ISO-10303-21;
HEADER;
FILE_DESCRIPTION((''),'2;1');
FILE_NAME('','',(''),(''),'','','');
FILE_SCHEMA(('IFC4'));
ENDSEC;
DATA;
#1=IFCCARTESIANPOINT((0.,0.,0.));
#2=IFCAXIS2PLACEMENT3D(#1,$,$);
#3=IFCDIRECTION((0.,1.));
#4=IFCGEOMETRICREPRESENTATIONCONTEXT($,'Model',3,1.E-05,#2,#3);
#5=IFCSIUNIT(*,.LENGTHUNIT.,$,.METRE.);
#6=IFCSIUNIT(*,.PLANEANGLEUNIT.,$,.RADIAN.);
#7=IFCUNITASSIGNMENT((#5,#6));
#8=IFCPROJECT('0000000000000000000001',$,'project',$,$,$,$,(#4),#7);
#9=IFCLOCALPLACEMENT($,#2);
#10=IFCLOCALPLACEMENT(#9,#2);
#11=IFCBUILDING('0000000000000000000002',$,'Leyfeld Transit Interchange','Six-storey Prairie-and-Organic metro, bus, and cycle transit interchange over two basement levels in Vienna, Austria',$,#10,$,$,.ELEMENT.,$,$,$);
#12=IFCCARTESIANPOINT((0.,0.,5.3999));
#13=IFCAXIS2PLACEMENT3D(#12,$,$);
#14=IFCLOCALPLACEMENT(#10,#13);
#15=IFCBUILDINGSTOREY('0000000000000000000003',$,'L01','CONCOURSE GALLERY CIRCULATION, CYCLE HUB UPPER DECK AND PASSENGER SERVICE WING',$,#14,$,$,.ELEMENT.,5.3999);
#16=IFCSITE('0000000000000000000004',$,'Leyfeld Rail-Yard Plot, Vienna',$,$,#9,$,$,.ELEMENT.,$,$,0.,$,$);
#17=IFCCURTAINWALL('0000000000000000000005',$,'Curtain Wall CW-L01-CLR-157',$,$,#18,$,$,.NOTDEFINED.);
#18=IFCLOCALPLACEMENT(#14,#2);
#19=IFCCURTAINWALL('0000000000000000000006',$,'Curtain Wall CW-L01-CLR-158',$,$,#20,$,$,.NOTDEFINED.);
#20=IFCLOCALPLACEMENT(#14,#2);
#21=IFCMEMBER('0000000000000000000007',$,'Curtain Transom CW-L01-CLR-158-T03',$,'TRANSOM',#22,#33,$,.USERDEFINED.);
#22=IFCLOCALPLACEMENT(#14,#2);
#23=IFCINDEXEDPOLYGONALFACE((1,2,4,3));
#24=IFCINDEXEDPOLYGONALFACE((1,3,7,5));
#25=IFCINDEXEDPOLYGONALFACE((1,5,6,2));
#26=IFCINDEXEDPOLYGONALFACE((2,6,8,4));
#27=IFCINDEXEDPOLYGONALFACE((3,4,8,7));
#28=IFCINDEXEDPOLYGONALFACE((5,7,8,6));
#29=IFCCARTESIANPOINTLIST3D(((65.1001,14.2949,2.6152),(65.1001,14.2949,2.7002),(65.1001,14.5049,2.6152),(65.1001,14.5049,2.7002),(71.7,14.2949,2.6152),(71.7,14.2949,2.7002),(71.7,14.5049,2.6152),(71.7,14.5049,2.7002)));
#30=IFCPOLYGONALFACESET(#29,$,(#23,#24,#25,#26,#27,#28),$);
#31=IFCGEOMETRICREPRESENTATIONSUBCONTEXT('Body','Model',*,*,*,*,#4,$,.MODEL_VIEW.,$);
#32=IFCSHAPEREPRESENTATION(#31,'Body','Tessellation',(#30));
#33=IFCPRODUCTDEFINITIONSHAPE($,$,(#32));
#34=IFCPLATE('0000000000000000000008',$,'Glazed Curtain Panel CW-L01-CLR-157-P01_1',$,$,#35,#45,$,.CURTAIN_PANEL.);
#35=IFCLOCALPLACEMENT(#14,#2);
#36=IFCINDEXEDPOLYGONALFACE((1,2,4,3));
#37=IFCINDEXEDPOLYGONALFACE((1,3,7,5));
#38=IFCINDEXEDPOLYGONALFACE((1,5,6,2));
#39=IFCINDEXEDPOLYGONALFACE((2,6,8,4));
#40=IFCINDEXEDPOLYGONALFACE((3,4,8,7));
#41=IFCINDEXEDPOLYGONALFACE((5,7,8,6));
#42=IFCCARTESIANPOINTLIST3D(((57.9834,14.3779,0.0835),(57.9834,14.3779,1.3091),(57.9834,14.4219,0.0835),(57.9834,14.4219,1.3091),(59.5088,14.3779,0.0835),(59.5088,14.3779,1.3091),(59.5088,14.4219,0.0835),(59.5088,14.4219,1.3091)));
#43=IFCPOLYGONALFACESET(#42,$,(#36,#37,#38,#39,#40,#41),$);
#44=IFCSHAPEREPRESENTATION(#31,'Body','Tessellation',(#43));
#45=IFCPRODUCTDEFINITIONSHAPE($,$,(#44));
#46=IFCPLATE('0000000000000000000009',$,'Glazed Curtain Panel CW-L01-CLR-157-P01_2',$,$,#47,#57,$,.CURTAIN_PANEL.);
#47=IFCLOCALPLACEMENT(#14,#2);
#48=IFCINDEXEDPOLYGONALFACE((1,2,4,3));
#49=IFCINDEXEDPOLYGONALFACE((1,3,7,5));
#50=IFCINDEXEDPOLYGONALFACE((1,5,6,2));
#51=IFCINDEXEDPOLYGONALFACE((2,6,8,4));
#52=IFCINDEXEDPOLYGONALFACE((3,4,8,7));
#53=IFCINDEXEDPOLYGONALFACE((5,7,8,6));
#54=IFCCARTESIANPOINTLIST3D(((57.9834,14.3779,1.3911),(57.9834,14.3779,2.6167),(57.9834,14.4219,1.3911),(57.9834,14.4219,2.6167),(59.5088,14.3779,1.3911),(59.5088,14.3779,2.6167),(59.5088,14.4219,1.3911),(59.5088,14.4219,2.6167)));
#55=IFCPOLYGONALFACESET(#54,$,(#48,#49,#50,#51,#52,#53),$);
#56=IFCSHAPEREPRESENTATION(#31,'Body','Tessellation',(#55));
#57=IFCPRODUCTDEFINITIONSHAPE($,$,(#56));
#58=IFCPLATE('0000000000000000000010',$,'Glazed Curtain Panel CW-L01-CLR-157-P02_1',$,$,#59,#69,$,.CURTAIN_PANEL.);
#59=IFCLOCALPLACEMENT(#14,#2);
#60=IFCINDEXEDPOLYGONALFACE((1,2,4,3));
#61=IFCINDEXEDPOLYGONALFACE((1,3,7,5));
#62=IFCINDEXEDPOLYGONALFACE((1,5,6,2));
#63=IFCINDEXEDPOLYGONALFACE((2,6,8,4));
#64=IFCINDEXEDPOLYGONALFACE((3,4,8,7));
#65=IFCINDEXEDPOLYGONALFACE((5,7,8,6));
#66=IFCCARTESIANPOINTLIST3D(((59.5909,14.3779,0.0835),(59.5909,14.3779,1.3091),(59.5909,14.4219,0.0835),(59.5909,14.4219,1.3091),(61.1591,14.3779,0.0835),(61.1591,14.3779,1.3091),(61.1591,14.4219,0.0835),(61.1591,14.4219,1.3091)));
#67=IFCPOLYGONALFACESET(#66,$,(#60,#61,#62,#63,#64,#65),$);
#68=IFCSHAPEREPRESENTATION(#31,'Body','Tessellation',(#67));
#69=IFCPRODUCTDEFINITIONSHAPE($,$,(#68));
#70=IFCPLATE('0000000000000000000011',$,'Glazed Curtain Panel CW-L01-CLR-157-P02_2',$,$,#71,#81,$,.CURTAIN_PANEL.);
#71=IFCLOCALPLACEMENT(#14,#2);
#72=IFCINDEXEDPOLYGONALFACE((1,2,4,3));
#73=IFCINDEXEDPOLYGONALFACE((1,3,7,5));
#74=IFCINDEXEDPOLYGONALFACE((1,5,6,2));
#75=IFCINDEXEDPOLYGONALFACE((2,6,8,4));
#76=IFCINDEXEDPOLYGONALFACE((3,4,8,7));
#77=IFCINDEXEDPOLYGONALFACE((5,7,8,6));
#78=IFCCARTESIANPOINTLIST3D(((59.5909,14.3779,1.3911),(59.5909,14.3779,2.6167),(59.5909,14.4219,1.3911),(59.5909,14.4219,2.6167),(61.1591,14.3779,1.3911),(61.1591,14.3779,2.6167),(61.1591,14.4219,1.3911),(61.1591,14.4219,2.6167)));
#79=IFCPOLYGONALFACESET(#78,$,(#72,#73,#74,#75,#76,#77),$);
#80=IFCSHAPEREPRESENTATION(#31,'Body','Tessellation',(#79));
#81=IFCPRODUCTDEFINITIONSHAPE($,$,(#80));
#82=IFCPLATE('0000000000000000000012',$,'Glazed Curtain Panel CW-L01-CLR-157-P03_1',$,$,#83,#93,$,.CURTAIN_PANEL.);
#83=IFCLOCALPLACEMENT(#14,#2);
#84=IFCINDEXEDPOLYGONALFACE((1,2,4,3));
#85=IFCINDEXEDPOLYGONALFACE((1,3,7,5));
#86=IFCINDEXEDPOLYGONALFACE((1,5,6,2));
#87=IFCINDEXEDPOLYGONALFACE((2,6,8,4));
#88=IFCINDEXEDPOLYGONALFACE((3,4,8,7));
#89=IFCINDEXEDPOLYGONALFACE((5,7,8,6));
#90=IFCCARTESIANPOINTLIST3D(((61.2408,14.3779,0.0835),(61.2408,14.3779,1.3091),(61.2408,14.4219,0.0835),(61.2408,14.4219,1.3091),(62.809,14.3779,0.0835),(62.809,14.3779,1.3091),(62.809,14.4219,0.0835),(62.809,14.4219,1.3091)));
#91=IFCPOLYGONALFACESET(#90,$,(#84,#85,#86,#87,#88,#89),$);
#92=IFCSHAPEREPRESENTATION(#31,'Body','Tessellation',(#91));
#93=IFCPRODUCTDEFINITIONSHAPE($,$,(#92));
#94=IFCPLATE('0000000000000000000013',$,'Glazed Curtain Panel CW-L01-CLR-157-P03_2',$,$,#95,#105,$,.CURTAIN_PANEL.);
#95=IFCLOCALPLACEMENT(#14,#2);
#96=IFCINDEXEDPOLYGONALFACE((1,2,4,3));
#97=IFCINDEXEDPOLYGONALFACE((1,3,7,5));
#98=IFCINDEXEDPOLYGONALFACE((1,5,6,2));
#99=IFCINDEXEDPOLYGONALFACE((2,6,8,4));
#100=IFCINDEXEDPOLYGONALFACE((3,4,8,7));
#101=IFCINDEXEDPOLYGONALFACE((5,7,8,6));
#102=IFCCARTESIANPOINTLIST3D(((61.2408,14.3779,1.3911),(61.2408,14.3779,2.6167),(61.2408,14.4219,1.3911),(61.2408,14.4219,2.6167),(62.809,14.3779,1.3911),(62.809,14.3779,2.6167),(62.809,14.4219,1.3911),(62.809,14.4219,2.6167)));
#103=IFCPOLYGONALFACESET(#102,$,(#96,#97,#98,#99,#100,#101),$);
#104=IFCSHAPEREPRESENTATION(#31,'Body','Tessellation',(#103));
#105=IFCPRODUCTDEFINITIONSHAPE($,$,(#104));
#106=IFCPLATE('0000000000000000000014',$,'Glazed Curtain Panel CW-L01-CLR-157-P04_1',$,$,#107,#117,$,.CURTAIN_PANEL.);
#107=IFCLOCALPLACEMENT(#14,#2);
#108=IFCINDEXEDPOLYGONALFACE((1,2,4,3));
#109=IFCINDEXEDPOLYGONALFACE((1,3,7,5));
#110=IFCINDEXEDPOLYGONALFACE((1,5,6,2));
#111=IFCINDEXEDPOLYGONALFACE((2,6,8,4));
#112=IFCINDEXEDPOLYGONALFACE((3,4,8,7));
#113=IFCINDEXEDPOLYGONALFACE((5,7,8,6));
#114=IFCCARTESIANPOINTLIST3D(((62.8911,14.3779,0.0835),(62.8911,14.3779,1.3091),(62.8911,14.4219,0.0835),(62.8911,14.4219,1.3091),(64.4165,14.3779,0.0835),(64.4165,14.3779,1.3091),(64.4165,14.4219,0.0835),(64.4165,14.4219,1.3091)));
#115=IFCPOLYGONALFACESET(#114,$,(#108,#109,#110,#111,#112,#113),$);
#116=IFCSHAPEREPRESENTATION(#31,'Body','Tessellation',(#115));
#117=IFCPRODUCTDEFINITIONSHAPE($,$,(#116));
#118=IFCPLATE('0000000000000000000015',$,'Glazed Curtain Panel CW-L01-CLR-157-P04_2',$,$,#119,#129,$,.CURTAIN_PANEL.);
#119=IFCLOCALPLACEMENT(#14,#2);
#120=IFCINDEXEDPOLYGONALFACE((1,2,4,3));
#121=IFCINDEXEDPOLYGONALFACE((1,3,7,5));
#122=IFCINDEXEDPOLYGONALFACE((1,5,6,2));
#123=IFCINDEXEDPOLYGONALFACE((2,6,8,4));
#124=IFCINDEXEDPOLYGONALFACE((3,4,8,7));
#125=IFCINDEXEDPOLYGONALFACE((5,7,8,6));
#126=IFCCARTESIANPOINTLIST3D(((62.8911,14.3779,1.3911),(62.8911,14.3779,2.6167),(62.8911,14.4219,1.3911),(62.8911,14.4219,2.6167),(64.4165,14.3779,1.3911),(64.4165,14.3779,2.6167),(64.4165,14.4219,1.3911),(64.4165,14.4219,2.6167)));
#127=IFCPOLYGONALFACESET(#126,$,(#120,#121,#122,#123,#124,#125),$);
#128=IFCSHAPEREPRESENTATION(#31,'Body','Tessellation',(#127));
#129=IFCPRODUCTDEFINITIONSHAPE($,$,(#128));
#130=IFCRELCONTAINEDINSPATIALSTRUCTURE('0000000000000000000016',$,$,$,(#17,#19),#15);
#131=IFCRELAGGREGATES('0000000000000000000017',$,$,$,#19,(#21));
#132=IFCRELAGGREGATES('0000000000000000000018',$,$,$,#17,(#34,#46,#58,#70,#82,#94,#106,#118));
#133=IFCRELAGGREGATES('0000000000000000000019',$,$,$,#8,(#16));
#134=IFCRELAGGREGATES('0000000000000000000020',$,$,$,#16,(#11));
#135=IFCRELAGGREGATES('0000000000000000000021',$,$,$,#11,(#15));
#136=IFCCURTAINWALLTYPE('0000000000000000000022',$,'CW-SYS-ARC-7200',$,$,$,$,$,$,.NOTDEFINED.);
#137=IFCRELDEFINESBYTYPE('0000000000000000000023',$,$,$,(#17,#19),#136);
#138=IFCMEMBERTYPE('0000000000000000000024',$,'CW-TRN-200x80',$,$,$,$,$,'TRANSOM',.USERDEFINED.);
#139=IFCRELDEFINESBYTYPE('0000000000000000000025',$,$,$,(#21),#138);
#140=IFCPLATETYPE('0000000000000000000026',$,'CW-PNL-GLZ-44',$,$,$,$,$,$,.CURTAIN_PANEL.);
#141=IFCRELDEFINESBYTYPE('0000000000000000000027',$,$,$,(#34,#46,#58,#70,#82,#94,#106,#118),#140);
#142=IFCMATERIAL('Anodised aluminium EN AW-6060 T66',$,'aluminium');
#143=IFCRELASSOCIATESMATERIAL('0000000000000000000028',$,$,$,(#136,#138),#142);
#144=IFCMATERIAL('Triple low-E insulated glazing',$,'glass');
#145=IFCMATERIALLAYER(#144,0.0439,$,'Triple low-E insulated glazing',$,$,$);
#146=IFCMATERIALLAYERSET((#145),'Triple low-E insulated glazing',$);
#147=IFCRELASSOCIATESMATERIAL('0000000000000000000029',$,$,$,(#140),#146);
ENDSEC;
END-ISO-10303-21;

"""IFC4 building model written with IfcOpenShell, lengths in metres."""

from ifc_helpers import new_model, si_unit, direction, frame, origin, origin_2d, place, context, subcontext, project, spatial, rectangle, extrude, material, layer, layer_set, material_profile, profile_set, type_object, element, aggregate, save


model = new_model("IFC4")

# Units and contexts
model_context = context("Model", 3, precision=1e-05, world=origin(), true_north=direction((0.0, 1.0)))
body_context = subcontext(model_context, "Body", "Model", "MODEL_VIEW")
ifc_project = project(units=[si_unit("LENGTHUNIT", "METRE"), si_unit("PLANEANGLEUNIT", "RADIAN")], contexts=[model_context])

# Site, building, storey
site_placement = place(None, origin())
site = spatial("IfcSite", under=ifc_project, at=site_placement, Name="Leyfeld Rail-Yard Plot, Vienna", CompositionType="ELEMENT", RefElevation=0.0)
building_placement = place(site_placement, origin())
building = spatial("IfcBuilding", under=site, at=building_placement, Name="Leyfeld Transit Interchange", Description="Six-storey Prairie-and-Organic metro, bus, and cycle transit interchange over two basement levels in Vienna, Austria", CompositionType="ELEMENT")
storey_placement = place(building_placement, frame((0.0, 0.0, 5.3999)))
storey = spatial("IfcBuildingStorey", under=building, at=storey_placement, Name="L01", Description="CONCOURSE GALLERY CIRCULATION, CYCLE HUB UPPER DECK AND PASSENGER SERVICE WING", CompositionType="ELEMENT", Elevation=5.3999)

# Curtain wall
ifc_material_1 = material(Name="Anodised aluminium EN AW-6060 T66", Category="aluminium")
curtain_wall_type = type_object("IfcCurtainWallType", Name="CW-SYS-ARC-7200", PredefinedType="NOTDEFINED", material=ifc_material_1)
curtain_wall_1_placement = place(storey_placement, origin())
curtain_wall_1 = element("IfcCurtainWall", 1, at=curtain_wall_1_placement, inside=storey, type_object=curtain_wall_type, Name="Curtain Wall CW-L01-CLR-157", PredefinedType="NOTDEFINED")

# Curtain wall
curtain_wall_2_placement = place(storey_placement, origin())
curtain_wall_2 = element("IfcCurtainWall", 2, at=curtain_wall_2_placement, inside=storey, type_object=curtain_wall_type, Name="Curtain Wall CW-L01-CLR-158", PredefinedType="NOTDEFINED")

# Member
ifc_material_profile_1 = material_profile(ifc_material_1, rectangle(XDim=0.21, YDim=0.085, at=origin_2d()), Name="CW-TRN-200x80")
ifc_profile_set_1 = profile_set([ifc_material_profile_1], Name="Anodised aluminium EN AW-6060 T66")
member_type_1 = type_object("IfcMemberType", Name="CW-TRN-200x80", ElementType="TRANSOM", PredefinedType="USERDEFINED", material=ifc_profile_set_1)
member_1_placement = place(storey_placement, frame((65.1001, 14.3999, 2.6577), z_axis=(1.0, 0.0, 0.0), x_axis=(0.0, 1.0, 0.0)))
member_1 = element("IfcMember", 3, at=member_1_placement, type_object=member_type_1, Name="Curtain Transom CW-L01-CLR-158-T03", ObjectType="TRANSOM", PredefinedType="USERDEFINED", context=body_context, shape_type="SweptSolid", body=[
    extrude(rectangle(XDim=0.21, YDim=0.085, at=origin_2d()), origin(), (0.0, 0.0, 1.0), 6.5999),
])
aggregate(curtain_wall_2, [member_1])

# Plates
ifc_material_2 = material(Name="Triple low-E insulated glazing", Category="glass")
ifc_layer = layer(ifc_material_2, 0.0439, Name="Triple low-E insulated glazing")
ifc_layer_set = layer_set([ifc_layer], Name="Triple low-E insulated glazing")
plate_type = type_object("IfcPlateType", Name="CW-PNL-GLZ-44", PredefinedType="CURTAIN_PANEL", material=ifc_layer_set)
plate_1_placement = place(storey_placement, frame((58.7461, 14.3999, 0.0835), z_axis=(0.0, 0.0, 1.0), x_axis=(1.0, 0.0, 0.0)))
plate_1 = element("IfcPlate", 4, at=plate_1_placement, type_object=plate_type, Name="Glazed Curtain Panel CW-L01-CLR-157-P01_1", PredefinedType="CURTAIN_PANEL", context=body_context, shape_type="SweptSolid", body=[
    extrude(rectangle(XDim=1.5254, YDim=0.0439, at=origin_2d()), origin(), (0.0, 0.0, 1.0), 1.2256),
])
plate_2_placement = place(storey_placement, frame((58.7461, 14.3999, 1.3911), z_axis=(0.0, 0.0, 1.0), x_axis=(1.0, 0.0, 0.0)))
plate_2 = element("IfcPlate", 5, at=plate_2_placement, type_object=plate_type, Name="Glazed Curtain Panel CW-L01-CLR-157-P01_2", PredefinedType="CURTAIN_PANEL", context=body_context, shape_type="SweptSolid", body=[
    extrude(rectangle(XDim=1.5254, YDim=0.0439, at=origin_2d()), origin(), (0.0, 0.0, 1.0), 1.2256),
])
plate_3_placement = place(storey_placement, frame((60.375, 14.3999, 0.0835), z_axis=(0.0, 0.0, 1.0), x_axis=(1.0, 0.0, 0.0)))
plate_3 = element("IfcPlate", 6, at=plate_3_placement, type_object=plate_type, Name="Glazed Curtain Panel CW-L01-CLR-157-P02_1", PredefinedType="CURTAIN_PANEL", context=body_context, shape_type="SweptSolid", body=[
    extrude(rectangle(XDim=1.5681, YDim=0.0439, at=origin_2d()), origin(), (0.0, 0.0, 1.0), 1.2256),
])
plate_4_placement = place(storey_placement, frame((60.375, 14.3999, 1.3911), z_axis=(0.0, 0.0, 1.0), x_axis=(1.0, 0.0, 0.0)))
plate_4 = element("IfcPlate", 7, at=plate_4_placement, type_object=plate_type, Name="Glazed Curtain Panel CW-L01-CLR-157-P02_2", PredefinedType="CURTAIN_PANEL", context=body_context, shape_type="SweptSolid", body=[
    extrude(rectangle(XDim=1.5681, YDim=0.0439, at=origin_2d()), origin(), (0.0, 0.0, 1.0), 1.2256),
])
plate_5_placement = place(storey_placement, frame((62.0249, 14.3999, 0.0835), z_axis=(0.0, 0.0, 1.0), x_axis=(1.0, 0.0, 0.0)))
plate_5 = element("IfcPlate", 8, at=plate_5_placement, type_object=plate_type, Name="Glazed Curtain Panel CW-L01-CLR-157-P03_1", PredefinedType="CURTAIN_PANEL", context=body_context, shape_type="SweptSolid", body=[
    extrude(rectangle(XDim=1.5681, YDim=0.0439, at=origin_2d()), origin(), (0.0, 0.0, 1.0), 1.2256),
])
plate_6_placement = place(storey_placement, frame((62.0249, 14.3999, 1.3911), z_axis=(0.0, 0.0, 1.0), x_axis=(1.0, 0.0, 0.0)))
plate_6 = element("IfcPlate", 9, at=plate_6_placement, type_object=plate_type, Name="Glazed Curtain Panel CW-L01-CLR-157-P03_2", PredefinedType="CURTAIN_PANEL", context=body_context, shape_type="SweptSolid", body=[
    extrude(rectangle(XDim=1.5681, YDim=0.0439, at=origin_2d()), origin(), (0.0, 0.0, 1.0), 1.2256),
])
plate_7_placement = place(storey_placement, frame((63.6538, 14.3999, 0.0835), z_axis=(0.0, 0.0, 1.0), x_axis=(1.0, 0.0, 0.0)))
plate_7 = element("IfcPlate", 10, at=plate_7_placement, type_object=plate_type, Name="Glazed Curtain Panel CW-L01-CLR-157-P04_1", PredefinedType="CURTAIN_PANEL", context=body_context, shape_type="SweptSolid", body=[
    extrude(rectangle(XDim=1.5254, YDim=0.0439, at=origin_2d()), origin(), (0.0, 0.0, 1.0), 1.2256),
])
plate_8_placement = place(storey_placement, frame((63.6538, 14.3999, 1.3911), z_axis=(0.0, 0.0, 1.0), x_axis=(1.0, 0.0, 0.0)))
plate_8 = element("IfcPlate", 11, at=plate_8_placement, type_object=plate_type, Name="Glazed Curtain Panel CW-L01-CLR-157-P04_2", PredefinedType="CURTAIN_PANEL", context=body_context, shape_type="SweptSolid", body=[
    extrude(rectangle(XDim=1.5254, YDim=0.0439, at=origin_2d()), origin(), (0.0, 0.0, 1.0), 1.2256),
])
aggregate(curtain_wall_1, [plate_1, plate_2, plate_3, plate_4, plate_5, plate_6, plate_7, plate_8])

save(model, "model.ifc")
